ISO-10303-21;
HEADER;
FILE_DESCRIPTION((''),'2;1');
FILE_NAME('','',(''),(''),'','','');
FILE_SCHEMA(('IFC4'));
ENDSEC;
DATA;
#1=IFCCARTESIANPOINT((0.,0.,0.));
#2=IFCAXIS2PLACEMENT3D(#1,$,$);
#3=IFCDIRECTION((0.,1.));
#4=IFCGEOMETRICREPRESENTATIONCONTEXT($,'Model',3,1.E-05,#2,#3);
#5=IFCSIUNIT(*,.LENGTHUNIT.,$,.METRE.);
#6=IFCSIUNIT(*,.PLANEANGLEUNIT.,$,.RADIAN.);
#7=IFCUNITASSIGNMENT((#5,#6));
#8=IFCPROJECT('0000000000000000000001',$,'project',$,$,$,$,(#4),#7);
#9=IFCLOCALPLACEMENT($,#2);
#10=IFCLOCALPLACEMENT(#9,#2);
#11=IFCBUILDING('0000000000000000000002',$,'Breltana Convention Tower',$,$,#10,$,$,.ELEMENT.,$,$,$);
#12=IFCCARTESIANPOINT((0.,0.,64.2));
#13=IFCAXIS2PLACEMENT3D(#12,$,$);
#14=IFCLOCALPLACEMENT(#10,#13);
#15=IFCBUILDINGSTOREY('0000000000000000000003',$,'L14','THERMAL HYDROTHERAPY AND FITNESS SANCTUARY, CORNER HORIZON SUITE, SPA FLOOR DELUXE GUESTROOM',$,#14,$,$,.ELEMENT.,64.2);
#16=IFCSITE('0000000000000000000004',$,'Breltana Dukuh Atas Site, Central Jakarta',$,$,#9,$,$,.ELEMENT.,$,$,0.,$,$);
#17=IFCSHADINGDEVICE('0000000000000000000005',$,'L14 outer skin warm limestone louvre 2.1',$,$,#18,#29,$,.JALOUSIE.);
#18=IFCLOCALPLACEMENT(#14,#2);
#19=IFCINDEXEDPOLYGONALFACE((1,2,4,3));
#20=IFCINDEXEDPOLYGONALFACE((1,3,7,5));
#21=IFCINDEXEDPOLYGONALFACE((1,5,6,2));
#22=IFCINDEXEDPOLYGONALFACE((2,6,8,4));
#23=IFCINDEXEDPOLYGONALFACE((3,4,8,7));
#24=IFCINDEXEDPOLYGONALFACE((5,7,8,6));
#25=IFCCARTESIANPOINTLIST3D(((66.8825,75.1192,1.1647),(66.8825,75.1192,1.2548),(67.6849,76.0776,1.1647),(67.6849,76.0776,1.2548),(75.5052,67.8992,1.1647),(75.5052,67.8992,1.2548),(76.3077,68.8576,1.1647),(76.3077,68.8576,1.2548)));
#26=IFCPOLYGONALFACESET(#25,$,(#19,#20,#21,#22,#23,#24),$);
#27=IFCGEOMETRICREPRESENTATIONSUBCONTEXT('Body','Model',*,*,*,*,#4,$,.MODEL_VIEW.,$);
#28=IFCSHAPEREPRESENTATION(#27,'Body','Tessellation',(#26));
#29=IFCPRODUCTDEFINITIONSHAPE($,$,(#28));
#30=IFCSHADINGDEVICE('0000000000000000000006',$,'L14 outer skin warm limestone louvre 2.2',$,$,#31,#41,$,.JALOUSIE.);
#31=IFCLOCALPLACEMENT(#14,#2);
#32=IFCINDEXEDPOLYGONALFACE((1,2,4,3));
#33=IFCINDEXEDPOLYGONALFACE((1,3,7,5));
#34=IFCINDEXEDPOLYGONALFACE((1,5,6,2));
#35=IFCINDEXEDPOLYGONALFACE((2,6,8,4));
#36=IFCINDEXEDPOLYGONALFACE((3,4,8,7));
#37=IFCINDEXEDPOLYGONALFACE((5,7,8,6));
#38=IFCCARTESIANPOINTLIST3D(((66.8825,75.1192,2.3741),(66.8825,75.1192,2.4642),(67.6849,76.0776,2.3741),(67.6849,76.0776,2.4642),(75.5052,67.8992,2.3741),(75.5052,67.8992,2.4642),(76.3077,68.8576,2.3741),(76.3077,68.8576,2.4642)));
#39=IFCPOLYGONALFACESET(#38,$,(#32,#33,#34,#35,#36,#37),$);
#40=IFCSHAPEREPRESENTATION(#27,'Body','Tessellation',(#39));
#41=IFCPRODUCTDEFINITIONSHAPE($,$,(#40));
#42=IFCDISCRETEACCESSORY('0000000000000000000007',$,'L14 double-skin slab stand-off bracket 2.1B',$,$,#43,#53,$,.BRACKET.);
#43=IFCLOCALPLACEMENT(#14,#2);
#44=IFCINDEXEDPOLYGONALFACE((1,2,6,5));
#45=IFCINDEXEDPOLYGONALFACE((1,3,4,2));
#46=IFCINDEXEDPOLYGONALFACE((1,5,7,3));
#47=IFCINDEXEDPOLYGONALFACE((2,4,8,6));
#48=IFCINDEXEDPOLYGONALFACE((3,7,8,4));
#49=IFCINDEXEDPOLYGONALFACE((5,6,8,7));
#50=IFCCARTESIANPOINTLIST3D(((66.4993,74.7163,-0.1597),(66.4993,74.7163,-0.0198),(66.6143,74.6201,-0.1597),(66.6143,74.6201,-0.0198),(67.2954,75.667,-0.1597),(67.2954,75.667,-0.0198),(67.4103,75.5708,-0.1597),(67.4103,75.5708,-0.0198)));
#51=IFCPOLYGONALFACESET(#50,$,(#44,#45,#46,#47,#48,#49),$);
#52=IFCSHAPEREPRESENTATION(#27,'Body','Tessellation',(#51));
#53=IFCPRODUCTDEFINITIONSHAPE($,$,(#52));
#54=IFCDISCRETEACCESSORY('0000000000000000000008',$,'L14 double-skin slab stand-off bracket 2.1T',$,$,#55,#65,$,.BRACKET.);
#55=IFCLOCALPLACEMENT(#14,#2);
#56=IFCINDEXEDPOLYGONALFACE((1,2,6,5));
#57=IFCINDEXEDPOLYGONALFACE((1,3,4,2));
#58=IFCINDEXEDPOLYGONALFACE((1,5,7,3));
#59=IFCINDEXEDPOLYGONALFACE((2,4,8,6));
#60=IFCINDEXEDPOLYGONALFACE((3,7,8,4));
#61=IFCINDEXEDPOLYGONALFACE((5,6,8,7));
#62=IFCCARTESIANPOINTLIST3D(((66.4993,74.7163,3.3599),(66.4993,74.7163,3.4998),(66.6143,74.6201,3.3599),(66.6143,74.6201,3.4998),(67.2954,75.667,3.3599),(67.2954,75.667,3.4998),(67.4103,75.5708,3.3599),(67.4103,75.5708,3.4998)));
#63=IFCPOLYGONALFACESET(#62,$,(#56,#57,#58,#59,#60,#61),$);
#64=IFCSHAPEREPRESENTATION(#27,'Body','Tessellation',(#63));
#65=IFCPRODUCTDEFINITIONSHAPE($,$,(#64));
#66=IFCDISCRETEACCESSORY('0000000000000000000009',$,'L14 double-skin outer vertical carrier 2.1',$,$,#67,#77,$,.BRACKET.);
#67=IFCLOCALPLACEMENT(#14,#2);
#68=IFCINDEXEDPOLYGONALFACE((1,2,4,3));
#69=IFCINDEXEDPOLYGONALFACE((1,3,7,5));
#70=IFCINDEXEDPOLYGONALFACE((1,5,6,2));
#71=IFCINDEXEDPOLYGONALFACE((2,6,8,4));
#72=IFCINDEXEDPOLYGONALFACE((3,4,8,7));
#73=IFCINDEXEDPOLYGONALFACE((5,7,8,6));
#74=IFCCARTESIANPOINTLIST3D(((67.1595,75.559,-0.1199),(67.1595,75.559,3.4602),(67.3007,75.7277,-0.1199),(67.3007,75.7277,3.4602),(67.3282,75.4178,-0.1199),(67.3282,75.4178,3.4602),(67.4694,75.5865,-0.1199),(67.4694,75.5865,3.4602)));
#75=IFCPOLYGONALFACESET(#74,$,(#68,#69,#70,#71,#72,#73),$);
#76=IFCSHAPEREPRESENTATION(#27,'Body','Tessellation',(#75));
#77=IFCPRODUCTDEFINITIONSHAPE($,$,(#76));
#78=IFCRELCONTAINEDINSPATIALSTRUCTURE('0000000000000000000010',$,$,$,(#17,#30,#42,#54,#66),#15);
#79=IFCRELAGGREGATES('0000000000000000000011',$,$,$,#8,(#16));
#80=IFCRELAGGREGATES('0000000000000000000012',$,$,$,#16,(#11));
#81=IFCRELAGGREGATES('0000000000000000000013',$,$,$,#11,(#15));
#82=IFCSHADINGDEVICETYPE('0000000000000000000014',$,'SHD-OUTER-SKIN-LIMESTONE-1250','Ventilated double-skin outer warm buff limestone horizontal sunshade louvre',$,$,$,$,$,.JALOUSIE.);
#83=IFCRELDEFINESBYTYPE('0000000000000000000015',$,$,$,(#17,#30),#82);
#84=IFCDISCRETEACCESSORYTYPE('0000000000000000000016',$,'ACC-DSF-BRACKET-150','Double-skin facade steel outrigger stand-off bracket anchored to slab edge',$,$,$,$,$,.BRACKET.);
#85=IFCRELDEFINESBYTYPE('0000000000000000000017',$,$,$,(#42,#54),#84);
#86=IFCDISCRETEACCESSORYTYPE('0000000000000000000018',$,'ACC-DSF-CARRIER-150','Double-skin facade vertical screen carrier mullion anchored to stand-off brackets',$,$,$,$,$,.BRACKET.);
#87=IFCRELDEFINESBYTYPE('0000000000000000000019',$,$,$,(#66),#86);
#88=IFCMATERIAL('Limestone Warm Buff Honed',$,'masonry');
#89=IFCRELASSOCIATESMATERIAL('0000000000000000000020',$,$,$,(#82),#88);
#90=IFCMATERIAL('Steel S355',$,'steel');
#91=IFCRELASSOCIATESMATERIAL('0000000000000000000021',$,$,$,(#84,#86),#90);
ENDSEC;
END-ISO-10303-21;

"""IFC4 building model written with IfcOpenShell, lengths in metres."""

from ifc_helpers import new_model, si_unit, direction, frame, origin, origin_2d, place, context, subcontext, project, spatial, rectangle, extrude, source, transform, mapped, material, material_profile, profile_set, type_object, type_shapes, element, save


model = new_model("IFC4")

# Units and contexts
model_context = context("Model", 3, precision=1e-05, world=origin(), true_north=direction((0.0, 1.0)))
body_context = subcontext(model_context, "Body", "Model", "MODEL_VIEW")
ifc_project = project(units=[si_unit("LENGTHUNIT", "METRE"), si_unit("PLANEANGLEUNIT", "RADIAN")], contexts=[model_context])

# Site, building, storey
site_placement = place(None, origin())
site = spatial("IfcSite", under=ifc_project, at=site_placement, Name="Breltana Dukuh Atas Site, Central Jakarta", CompositionType="ELEMENT", RefElevation=0.0)
building_placement = place(site_placement, origin())
building = spatial("IfcBuilding", under=site, at=building_placement, Name="Breltana Convention Tower", CompositionType="ELEMENT")
storey_placement = place(building_placement, frame((0.0, 0.0, 64.2)))
storey = spatial("IfcBuildingStorey", under=building, at=storey_placement, Name="L14", Description="THERMAL HYDROTHERAPY AND FITNESS SANCTUARY, CORNER HORIZON SUITE, SPA FLOOR DELUXE GUESTROOM", CompositionType="ELEMENT", Elevation=64.2)

# Shading devices
ifc_material_1 = material(Name="Limestone Warm Buff Honed", Category="masonry")
ifc_material_profile_1 = material_profile(ifc_material_1, rectangle(XDim=1.25, YDim=0.0901, at=origin_2d()), Name="STN-LVR-1250X90")
ifc_profile_set_1 = profile_set([ifc_material_profile_1], Name="Limestone Warm Buff Honed")
shading_device_type = type_object("IfcShadingDeviceType", Name="SHD-OUTER-SKIN-LIMESTONE-1250", Description="Ventilated double-skin outer warm buff limestone horizontal sunshade louvre", PredefinedType="JALOUSIE", material=ifc_profile_set_1)
shared_shape_1 = source(origin(), body_context, "Body", "SweptSolid", [
    extrude(rectangle(XDim=1.25, YDim=0.0901, at=origin_2d()), origin(), (0.0, 0.0, 1.0), 11.2463),
])
for number, where, z_axis, x_axis, name in (
    (1, (67.2837, 75.5984, 1.2097), (0.766719, -0.641983, 0.0), (0.641983, 0.766719, 0.0), "L14 outer skin warm limestone louvre 2.1"),
    (2, (67.2837, 75.5984, 2.4192), (0.766719, -0.641983, 0.0), (0.641983, 0.766719, 0.0), "L14 outer skin warm limestone louvre 2.2"),
):
    element("IfcShadingDevice", number, at=place(storey_placement, frame(where, z_axis=z_axis, x_axis=x_axis)), inside=storey, type_object=shading_device_type, Name=name, PredefinedType="JALOUSIE", context=body_context, shape_type="MappedRepresentation", body=[
        mapped(shared_shape_1, transform((0.0, 0.0, 0.0), scale=1.0)),
    ])

# Discrete accessories
ifc_material_2 = material(Name="Steel S355", Category="steel")
discrete_accessory_type_1 = type_object("IfcDiscreteAccessoryType", Name="ACC-DSF-BRACKET-150", Description="Double-skin facade steel outrigger stand-off bracket anchored to slab edge", PredefinedType="BRACKET", material=ifc_material_2)
shared_shape_2 = source(origin(), body_context, "Body", "SweptSolid", [
    extrude(rectangle(XDim=1.24, YDim=0.1499, at=origin_2d()), origin(), (0.0, 0.0, 1.0), 0.1399),
])
type_shapes(discrete_accessory_type_1, [shared_shape_2])
for number, where, z_axis, x_axis, name in (
    (3, (66.9548, 75.1436, -0.1597), (0.0, 0.0, 1.0), (0.64199, 0.766713, 0.0), "L14 double-skin slab stand-off bracket 2.1B"),
    (4, (66.9548, 75.1436, 3.3599), (0.0, 0.0, 1.0), (0.64199, 0.766713, 0.0), "L14 double-skin slab stand-off bracket 2.1T"),
):
    element("IfcDiscreteAccessory", number, at=place(storey_placement, frame(where, z_axis=z_axis, x_axis=x_axis)), inside=storey, type_object=discrete_accessory_type_1, Name=name, PredefinedType="BRACKET", context=body_context, shape_type="MappedRepresentation", body=[
        mapped(shared_shape_2, transform((0.0, 0.0, 0.0), scale=1.0)),
    ])
discrete_accessory_type_2 = type_object("IfcDiscreteAccessoryType", Name="ACC-DSF-CARRIER-150", Description="Double-skin facade vertical screen carrier mullion anchored to stand-off brackets", PredefinedType="BRACKET", material=ifc_material_2)
shared_shape_3 = source(origin(), body_context, "Body", "SweptSolid", [
    extrude(rectangle(XDim=0.22, YDim=0.22, at=origin_2d()), origin(), (0.0, 0.0, 1.0), 3.5801),
])
discrete_accessory_placement = place(storey_placement, frame((67.3145, 75.5728, -0.1199), z_axis=(0.0, 0.0, 1.0), x_axis=(0.64199, 0.766713, 0.0)))
element("IfcDiscreteAccessory", 5, at=discrete_accessory_placement, inside=storey, type_object=discrete_accessory_type_2, Name="L14 double-skin outer vertical carrier 2.1", PredefinedType="BRACKET", context=body_context, shape_type="MappedRepresentation", body=[
    mapped(shared_shape_3, transform((0.0, 0.0, 0.0), scale=1.0)),
])

save(model, "model.ifc")
